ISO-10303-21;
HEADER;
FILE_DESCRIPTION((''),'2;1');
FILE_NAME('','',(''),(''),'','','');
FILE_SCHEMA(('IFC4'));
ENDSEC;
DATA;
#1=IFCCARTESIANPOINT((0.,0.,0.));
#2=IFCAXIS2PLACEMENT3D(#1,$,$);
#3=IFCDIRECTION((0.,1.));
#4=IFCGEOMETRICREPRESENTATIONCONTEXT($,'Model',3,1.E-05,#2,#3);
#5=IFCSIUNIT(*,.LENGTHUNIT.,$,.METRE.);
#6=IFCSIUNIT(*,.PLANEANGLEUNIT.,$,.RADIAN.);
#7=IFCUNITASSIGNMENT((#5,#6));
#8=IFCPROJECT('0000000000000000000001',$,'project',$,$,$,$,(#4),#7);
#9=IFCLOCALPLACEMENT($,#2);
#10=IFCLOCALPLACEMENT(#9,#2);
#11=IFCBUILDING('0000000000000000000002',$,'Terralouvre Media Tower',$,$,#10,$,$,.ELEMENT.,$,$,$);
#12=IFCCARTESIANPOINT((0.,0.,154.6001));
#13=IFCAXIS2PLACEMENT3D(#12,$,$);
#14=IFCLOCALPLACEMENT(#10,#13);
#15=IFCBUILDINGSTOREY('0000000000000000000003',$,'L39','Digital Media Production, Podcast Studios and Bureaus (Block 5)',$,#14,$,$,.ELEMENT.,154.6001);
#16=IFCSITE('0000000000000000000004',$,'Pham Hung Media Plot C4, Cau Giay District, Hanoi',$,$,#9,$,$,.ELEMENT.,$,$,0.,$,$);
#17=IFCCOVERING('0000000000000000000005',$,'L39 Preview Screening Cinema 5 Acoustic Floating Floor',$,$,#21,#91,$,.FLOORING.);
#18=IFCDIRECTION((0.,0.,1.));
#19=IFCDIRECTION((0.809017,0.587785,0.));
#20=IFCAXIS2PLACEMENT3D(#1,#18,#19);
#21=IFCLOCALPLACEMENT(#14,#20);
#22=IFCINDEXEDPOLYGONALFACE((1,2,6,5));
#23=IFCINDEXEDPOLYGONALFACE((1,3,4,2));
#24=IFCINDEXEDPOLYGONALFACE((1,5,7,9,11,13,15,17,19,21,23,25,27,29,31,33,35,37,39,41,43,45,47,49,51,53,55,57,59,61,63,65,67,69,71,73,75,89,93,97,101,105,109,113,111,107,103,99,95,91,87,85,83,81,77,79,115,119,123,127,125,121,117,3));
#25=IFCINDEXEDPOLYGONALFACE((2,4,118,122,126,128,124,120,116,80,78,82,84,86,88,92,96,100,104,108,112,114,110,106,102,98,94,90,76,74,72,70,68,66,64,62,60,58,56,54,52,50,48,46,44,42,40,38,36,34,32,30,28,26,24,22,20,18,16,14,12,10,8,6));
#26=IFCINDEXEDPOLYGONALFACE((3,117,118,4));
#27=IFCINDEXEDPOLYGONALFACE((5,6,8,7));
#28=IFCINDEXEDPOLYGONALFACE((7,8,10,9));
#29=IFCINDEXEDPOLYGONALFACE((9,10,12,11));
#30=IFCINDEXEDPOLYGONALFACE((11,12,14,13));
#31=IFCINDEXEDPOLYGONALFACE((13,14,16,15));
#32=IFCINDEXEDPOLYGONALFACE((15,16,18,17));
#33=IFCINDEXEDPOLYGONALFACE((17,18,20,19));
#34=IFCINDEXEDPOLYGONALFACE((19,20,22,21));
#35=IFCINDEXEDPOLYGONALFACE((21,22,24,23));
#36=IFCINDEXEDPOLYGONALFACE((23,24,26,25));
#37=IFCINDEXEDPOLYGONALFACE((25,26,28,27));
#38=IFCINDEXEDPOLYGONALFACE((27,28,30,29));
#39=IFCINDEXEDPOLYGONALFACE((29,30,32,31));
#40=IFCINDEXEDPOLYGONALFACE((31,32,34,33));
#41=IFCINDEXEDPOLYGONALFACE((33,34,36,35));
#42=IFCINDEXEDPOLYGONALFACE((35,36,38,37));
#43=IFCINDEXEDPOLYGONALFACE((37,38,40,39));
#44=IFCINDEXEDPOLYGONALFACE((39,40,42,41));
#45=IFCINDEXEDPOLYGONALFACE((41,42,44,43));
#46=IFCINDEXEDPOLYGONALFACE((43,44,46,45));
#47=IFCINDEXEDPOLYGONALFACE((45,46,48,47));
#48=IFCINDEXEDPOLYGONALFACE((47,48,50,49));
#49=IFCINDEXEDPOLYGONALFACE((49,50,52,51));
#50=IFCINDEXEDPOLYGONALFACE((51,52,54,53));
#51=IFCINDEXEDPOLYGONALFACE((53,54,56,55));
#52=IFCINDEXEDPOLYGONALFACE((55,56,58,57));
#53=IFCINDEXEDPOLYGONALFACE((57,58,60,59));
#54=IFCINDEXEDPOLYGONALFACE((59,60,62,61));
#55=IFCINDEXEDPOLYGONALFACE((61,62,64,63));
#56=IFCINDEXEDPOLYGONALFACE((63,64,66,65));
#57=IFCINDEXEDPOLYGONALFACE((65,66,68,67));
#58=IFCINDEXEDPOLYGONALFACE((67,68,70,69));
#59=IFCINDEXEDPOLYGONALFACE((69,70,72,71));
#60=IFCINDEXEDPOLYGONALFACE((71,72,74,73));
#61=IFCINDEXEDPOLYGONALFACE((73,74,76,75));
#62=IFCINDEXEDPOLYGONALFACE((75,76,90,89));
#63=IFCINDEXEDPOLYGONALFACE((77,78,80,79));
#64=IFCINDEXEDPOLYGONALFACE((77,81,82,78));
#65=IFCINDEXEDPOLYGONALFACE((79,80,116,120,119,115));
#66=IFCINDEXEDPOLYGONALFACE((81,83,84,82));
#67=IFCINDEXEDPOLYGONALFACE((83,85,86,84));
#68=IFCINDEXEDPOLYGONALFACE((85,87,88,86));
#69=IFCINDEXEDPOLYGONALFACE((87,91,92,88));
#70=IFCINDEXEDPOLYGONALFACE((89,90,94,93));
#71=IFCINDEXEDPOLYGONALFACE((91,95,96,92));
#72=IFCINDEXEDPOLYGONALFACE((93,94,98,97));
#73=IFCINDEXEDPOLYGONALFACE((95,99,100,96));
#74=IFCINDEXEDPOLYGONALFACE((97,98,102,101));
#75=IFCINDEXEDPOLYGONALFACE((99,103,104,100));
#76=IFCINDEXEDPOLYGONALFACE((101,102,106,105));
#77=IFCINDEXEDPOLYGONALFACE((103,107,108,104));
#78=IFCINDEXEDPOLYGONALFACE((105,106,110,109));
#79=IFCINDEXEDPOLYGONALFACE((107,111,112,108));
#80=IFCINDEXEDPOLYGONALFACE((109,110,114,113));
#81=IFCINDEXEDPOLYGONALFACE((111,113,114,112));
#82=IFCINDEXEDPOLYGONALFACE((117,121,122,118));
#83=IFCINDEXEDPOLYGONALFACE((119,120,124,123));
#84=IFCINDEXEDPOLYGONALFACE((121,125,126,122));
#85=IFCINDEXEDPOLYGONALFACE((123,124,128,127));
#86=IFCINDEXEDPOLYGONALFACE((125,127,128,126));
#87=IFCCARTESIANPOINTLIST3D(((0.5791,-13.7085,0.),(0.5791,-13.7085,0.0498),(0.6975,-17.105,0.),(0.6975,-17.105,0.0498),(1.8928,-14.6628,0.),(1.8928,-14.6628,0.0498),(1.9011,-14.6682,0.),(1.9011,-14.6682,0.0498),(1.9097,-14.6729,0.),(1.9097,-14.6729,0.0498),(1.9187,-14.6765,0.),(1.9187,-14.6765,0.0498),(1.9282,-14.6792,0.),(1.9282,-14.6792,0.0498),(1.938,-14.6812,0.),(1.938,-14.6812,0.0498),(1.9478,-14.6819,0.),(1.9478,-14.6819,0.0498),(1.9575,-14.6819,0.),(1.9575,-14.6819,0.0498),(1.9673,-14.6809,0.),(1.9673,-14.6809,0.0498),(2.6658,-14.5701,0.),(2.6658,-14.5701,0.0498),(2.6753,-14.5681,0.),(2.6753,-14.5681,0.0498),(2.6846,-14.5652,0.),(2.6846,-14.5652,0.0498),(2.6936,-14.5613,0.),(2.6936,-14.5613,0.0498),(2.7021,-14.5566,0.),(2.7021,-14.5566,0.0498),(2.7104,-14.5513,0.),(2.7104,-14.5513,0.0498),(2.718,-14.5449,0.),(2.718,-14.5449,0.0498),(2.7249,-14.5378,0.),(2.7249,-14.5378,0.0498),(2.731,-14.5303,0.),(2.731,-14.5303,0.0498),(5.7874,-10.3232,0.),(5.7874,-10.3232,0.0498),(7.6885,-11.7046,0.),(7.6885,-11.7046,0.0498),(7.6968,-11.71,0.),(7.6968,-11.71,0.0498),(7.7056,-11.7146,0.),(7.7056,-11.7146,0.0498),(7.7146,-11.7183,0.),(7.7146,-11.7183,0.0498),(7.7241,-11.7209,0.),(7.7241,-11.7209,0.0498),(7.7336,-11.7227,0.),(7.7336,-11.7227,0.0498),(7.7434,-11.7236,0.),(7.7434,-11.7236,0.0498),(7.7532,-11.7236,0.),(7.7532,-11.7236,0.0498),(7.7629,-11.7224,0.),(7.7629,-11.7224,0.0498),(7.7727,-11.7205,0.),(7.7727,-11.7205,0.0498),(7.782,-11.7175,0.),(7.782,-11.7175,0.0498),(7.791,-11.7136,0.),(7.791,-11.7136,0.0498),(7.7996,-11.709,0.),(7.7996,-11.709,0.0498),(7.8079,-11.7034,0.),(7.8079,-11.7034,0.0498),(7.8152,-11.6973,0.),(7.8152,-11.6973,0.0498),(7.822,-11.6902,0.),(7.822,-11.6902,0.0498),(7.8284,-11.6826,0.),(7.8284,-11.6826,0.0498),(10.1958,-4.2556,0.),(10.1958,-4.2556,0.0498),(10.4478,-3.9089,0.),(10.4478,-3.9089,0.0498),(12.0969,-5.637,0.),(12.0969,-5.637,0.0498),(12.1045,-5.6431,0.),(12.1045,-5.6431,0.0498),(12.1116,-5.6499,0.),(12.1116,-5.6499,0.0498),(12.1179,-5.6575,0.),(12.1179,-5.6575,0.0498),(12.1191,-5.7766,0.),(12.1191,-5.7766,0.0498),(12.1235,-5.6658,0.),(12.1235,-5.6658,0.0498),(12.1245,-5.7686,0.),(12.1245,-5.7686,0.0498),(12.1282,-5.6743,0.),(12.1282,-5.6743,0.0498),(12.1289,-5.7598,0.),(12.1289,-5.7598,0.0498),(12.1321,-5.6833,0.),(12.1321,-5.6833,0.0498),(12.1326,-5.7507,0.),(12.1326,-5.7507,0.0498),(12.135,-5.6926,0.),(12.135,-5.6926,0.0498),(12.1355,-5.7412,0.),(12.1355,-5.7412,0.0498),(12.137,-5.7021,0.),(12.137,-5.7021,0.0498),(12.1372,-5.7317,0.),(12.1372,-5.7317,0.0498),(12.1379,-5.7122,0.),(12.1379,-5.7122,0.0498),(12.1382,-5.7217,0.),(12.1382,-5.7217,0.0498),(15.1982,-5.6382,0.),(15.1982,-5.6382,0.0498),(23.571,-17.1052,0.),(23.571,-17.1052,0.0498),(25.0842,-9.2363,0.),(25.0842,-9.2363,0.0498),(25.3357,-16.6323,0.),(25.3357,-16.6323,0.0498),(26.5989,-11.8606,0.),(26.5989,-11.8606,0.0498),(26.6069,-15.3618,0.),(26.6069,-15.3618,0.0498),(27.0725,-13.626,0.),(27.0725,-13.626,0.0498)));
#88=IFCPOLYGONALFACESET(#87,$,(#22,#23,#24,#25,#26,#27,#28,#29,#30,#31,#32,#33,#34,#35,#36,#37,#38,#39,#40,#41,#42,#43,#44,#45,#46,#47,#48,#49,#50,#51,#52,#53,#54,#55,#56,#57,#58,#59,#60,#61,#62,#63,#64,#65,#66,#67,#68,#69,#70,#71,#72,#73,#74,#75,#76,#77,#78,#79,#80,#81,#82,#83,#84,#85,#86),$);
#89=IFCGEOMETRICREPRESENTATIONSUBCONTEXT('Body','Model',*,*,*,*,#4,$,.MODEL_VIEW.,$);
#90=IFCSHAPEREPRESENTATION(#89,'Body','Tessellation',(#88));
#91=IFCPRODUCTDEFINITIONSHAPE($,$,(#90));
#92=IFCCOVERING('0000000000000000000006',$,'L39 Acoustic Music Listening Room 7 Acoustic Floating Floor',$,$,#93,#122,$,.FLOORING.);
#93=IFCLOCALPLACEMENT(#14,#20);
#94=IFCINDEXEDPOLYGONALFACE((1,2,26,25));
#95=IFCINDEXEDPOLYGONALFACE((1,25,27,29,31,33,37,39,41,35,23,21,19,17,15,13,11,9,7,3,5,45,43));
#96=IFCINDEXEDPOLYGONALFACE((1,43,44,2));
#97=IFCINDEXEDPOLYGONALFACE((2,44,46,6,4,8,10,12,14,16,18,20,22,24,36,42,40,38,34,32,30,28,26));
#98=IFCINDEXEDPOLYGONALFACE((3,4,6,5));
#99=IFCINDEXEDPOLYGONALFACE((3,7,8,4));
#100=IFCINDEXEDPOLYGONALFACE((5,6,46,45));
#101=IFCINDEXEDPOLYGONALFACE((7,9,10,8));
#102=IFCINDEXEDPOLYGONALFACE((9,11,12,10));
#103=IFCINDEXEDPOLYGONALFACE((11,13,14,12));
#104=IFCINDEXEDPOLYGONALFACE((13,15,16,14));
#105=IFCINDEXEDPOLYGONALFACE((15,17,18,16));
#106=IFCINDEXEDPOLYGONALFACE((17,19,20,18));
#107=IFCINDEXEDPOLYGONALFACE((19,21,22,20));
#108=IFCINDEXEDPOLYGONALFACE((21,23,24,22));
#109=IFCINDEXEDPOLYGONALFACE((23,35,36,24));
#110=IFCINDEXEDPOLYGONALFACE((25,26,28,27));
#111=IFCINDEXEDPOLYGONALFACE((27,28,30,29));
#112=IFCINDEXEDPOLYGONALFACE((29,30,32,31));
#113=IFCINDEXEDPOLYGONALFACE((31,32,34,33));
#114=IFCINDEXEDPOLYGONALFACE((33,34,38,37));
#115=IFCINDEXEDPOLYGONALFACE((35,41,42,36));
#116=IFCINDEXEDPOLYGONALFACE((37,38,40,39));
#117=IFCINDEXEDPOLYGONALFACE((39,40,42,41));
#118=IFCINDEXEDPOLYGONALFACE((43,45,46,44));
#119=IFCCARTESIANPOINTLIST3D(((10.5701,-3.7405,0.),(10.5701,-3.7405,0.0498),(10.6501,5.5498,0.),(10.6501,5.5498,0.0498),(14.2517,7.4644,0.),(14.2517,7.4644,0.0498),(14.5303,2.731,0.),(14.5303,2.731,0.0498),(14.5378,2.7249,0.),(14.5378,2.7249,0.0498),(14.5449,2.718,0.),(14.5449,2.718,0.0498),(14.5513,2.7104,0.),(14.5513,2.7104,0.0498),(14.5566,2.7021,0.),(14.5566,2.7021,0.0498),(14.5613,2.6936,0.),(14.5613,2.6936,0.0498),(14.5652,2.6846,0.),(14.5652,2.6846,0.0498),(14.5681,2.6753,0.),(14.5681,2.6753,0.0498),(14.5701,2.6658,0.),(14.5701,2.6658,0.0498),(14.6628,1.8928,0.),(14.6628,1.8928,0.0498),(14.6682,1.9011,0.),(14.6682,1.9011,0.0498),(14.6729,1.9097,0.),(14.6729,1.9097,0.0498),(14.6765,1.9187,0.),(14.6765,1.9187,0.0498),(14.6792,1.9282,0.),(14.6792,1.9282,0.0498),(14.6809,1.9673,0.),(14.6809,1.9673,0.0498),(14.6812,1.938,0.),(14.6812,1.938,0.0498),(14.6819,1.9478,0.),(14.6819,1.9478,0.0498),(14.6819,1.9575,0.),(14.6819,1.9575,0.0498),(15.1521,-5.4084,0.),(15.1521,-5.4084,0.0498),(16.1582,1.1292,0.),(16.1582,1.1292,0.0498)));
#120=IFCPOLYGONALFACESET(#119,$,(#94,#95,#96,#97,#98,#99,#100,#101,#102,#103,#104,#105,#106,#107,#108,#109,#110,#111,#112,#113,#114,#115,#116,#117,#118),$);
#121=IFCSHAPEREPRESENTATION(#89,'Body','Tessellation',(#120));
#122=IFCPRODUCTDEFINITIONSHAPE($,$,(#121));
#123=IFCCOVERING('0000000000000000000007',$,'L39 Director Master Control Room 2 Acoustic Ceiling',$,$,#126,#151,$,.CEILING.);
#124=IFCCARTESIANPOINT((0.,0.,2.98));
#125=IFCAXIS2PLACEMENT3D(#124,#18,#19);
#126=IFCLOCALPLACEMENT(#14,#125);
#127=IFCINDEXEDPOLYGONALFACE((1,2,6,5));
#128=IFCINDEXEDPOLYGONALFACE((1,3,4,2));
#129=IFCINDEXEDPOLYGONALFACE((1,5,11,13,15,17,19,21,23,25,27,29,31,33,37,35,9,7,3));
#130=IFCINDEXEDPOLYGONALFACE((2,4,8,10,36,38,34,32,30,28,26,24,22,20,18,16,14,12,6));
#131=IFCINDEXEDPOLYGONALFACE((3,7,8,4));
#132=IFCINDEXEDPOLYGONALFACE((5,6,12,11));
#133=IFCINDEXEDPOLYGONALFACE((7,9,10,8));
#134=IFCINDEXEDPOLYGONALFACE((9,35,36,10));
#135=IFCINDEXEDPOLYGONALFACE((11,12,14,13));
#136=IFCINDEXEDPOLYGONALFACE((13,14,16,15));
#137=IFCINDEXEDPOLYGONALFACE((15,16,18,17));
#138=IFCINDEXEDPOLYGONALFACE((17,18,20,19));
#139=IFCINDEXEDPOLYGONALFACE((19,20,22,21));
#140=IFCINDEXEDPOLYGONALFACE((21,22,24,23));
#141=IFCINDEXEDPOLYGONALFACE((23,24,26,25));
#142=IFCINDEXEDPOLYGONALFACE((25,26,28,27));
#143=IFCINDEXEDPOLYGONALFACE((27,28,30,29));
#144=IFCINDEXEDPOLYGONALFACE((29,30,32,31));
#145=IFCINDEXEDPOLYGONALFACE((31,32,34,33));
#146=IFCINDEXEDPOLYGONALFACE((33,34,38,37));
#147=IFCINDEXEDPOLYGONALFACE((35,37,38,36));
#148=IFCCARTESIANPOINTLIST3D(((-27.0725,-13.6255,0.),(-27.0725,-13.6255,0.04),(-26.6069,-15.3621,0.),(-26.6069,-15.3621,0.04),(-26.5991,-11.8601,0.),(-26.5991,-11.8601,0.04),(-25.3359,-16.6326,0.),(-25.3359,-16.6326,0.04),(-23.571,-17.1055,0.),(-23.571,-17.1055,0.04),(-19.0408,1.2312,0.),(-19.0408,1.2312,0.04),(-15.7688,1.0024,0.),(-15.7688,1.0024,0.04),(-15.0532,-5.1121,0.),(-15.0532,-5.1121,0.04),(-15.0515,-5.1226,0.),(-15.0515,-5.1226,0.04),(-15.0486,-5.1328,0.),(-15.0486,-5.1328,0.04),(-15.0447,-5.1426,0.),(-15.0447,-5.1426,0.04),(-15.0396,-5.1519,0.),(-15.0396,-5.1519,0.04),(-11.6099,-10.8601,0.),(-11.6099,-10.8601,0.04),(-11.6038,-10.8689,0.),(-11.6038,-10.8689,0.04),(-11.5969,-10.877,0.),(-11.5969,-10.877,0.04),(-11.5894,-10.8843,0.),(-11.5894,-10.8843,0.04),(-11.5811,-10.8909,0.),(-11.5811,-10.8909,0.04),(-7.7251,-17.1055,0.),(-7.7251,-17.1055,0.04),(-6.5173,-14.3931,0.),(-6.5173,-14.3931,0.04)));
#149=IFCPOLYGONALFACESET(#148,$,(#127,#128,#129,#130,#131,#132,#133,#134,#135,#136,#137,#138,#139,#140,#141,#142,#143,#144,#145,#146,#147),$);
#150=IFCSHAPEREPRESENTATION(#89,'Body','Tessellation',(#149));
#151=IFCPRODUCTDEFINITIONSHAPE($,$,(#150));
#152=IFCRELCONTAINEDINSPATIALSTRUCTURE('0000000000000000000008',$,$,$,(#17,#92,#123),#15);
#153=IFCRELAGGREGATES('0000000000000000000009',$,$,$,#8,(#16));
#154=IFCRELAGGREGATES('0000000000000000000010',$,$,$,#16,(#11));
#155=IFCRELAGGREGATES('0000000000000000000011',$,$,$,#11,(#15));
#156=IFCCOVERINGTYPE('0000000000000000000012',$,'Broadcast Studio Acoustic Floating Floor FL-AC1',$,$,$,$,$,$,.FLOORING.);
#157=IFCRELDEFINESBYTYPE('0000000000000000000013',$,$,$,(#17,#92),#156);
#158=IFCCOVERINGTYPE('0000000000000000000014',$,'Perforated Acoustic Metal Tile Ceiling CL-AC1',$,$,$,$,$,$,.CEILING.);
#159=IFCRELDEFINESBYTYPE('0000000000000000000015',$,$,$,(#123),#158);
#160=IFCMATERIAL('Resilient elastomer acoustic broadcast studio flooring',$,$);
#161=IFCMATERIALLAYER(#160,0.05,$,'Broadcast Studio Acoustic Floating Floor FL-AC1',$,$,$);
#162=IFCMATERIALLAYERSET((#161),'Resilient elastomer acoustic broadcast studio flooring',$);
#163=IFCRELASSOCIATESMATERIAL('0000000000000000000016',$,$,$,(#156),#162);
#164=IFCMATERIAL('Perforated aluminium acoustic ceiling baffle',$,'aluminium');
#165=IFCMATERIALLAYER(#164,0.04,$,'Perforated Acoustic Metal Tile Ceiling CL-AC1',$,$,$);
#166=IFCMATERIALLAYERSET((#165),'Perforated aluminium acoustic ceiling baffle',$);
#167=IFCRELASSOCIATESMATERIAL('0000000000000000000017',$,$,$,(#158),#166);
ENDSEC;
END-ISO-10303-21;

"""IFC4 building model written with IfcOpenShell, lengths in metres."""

from ifc_helpers import new_model, si_unit, direction, frame, origin, place, context, subcontext, project, spatial, polyline, outline, extrude, material, layer, layer_set, type_object, element, save


model = new_model("IFC4")

# Units and contexts
model_context = context("Model", 3, precision=1e-05, world=origin(), true_north=direction((0.0, 1.0)))
body_context = subcontext(model_context, "Body", "Model", "MODEL_VIEW")
ifc_project = project(units=[si_unit("LENGTHUNIT", "METRE"), si_unit("PLANEANGLEUNIT", "RADIAN")], contexts=[model_context])

# Site, building, storey
site_placement = place(None, origin())
site = spatial("IfcSite", under=ifc_project, at=site_placement, Name="Pham Hung Media Plot C4, Cau Giay District, Hanoi", CompositionType="ELEMENT", RefElevation=0.0)
building_placement = place(site_placement, origin())
building = spatial("IfcBuilding", under=site, at=building_placement, Name="Terralouvre Media Tower", CompositionType="ELEMENT")
storey_placement = place(building_placement, frame((0.0, 0.0, 154.6001)))
storey = spatial("IfcBuildingStorey", under=building, at=storey_placement, Name="L39", Description="Digital Media Production, Podcast Studios and Bureaus (Block 5)", CompositionType="ELEMENT", Elevation=154.6001)

# Coverings
ifc_material_1 = material(Name="Resilient elastomer acoustic broadcast studio flooring")
ifc_layer_1 = layer(ifc_material_1, 0.05, Name="Broadcast Studio Acoustic Floating Floor FL-AC1")
ifc_layer_set_1 = layer_set([ifc_layer_1], Name="Resilient elastomer acoustic broadcast studio flooring")
covering_type_1 = type_object("IfcCoveringType", Name="Broadcast Studio Acoustic Floating Floor FL-AC1", PredefinedType="FLOORING", material=ifc_layer_set_1)
covering_1_placement = place(storey_placement, frame((0.0, 0.0, 0.0), z_axis=(0.0, 0.0, 1.0), x_axis=(0.809017, 0.587785, 0.0)))
element("IfcCovering", 1, at=covering_1_placement, inside=storey, type_object=covering_type_1, Name="L39 Preview Screening Cinema 5 Acoustic Floating Floor", PredefinedType="FLOORING", context=body_context, shape_type="SweptSolid", body=[
    extrude(outline(polyline([(10.4478, -3.9089), (10.1958, -4.2556), (12.0969, -5.637), (12.1045, -5.6431), (12.1116, -5.6499), (12.1179, -5.6575), (12.1235, -5.6658), (12.1282, -5.6743), (12.1321, -5.6833), (12.135, -5.6926), (12.137, -5.7021), (12.1379, -5.7122), (12.1382, -5.7217), (12.1372, -5.7317), (12.1355, -5.7412), (12.1326, -5.7507), (12.1289, -5.7598), (12.1245, -5.7686), (12.1191, -5.7766), (7.8284, -11.6826), (7.822, -11.6902), (7.8152, -11.6973), (7.8079, -11.7034), (7.7996, -11.709), (7.791, -11.7136), (7.782, -11.7175), (7.7727, -11.7205), (7.7629, -11.7224), (7.7532, -11.7236), (7.7434, -11.7236), (7.7336, -11.7227), (7.7241, -11.7209), (7.7146, -11.7183), (7.7056, -11.7146), (7.6968, -11.71), (7.6885, -11.7046), (5.7874, -10.3232), (2.731, -14.5303), (2.7249, -14.5378), (2.718, -14.5449), (2.7104, -14.5513), (2.7021, -14.5566), (2.6936, -14.5613), (2.6846, -14.5652), (2.6753, -14.5681), (2.6658, -14.5701), (1.9673, -14.6809), (1.9575, -14.6819), (1.9478, -14.6819), (1.938, -14.6812), (1.9282, -14.6792), (1.9187, -14.6765), (1.9097, -14.6729), (1.9011, -14.6682), (1.8928, -14.6628), (0.5791, -13.7085), (0.6975, -17.105), (23.571, -17.1052), (25.3357, -16.6323), (26.6069, -15.3618), (27.0725, -13.626), (26.5989, -11.8606), (25.0842, -9.2363), (15.1982, -5.6382), (10.4478, -3.9089)])), origin(), (0.0, 0.0, 1.0), 0.0498),
])
covering_2_placement = place(storey_placement, frame((0.0, 0.0, 0.0), z_axis=(0.0, 0.0, 1.0), x_axis=(0.809017, 0.587785, 0.0)))
element("IfcCovering", 2, at=covering_2_placement, inside=storey, type_object=covering_type_1, Name="L39 Acoustic Music Listening Room 7 Acoustic Floating Floor", PredefinedType="FLOORING", context=body_context, shape_type="SweptSolid", body=[
    extrude(outline(polyline([(16.1582, 1.1292), (14.2517, 7.4644), (10.6501, 5.5498), (14.5303, 2.731), (14.5378, 2.7249), (14.5449, 2.718), (14.5513, 2.7104), (14.5566, 2.7021), (14.5613, 2.6936), (14.5652, 2.6846), (14.5681, 2.6753), (14.5701, 2.6658), (14.6809, 1.9673), (14.6819, 1.9575), (14.6819, 1.9478), (14.6812, 1.938), (14.6792, 1.9282), (14.6765, 1.9187), (14.6729, 1.9097), (14.6682, 1.9011), (14.6628, 1.8928), (10.5701, -3.7405), (15.1521, -5.4084), (16.1582, 1.1292)])), origin(), (0.0, 0.0, 1.0), 0.0498),
])
ifc_material_2 = material(Name="Perforated aluminium acoustic ceiling baffle", Category="aluminium")
ifc_layer_2 = layer(ifc_material_2, 0.04, Name="Perforated Acoustic Metal Tile Ceiling CL-AC1")
ifc_layer_set_2 = layer_set([ifc_layer_2], Name="Perforated aluminium acoustic ceiling baffle")
covering_type_2 = type_object("IfcCoveringType", Name="Perforated Acoustic Metal Tile Ceiling CL-AC1", PredefinedType="CEILING", material=ifc_layer_set_2)
covering_3_placement = place(storey_placement, frame((0.0, 0.0, 2.98), z_axis=(0.0, 0.0, 1.0), x_axis=(0.809017, 0.587785, 0.0)))
element("IfcCovering", 3, at=covering_3_placement, inside=storey, type_object=covering_type_2, Name="L39 Director Master Control Room 2 Acoustic Ceiling", PredefinedType="CEILING", context=body_context, shape_type="SweptSolid", body=[
    extrude(outline(polyline([(-11.5811, -10.8909), (-11.5894, -10.8843), (-11.5969, -10.877), (-11.6038, -10.8689), (-11.6099, -10.8601), (-15.0396, -5.1519), (-15.0447, -5.1426), (-15.0486, -5.1328), (-15.0515, -5.1226), (-15.0532, -5.1121), (-15.7688, 1.0024), (-19.0408, 1.2312), (-26.5991, -11.8601), (-27.0725, -13.6255), (-26.6069, -15.3621), (-25.3359, -16.6326), (-23.571, -17.1055), (-7.7251, -17.1055), (-6.5173, -14.3931), (-11.5811, -10.8909)])), origin(), (0.0, 0.0, 1.0), 0.04),
])

save(model, "model.ifc")
